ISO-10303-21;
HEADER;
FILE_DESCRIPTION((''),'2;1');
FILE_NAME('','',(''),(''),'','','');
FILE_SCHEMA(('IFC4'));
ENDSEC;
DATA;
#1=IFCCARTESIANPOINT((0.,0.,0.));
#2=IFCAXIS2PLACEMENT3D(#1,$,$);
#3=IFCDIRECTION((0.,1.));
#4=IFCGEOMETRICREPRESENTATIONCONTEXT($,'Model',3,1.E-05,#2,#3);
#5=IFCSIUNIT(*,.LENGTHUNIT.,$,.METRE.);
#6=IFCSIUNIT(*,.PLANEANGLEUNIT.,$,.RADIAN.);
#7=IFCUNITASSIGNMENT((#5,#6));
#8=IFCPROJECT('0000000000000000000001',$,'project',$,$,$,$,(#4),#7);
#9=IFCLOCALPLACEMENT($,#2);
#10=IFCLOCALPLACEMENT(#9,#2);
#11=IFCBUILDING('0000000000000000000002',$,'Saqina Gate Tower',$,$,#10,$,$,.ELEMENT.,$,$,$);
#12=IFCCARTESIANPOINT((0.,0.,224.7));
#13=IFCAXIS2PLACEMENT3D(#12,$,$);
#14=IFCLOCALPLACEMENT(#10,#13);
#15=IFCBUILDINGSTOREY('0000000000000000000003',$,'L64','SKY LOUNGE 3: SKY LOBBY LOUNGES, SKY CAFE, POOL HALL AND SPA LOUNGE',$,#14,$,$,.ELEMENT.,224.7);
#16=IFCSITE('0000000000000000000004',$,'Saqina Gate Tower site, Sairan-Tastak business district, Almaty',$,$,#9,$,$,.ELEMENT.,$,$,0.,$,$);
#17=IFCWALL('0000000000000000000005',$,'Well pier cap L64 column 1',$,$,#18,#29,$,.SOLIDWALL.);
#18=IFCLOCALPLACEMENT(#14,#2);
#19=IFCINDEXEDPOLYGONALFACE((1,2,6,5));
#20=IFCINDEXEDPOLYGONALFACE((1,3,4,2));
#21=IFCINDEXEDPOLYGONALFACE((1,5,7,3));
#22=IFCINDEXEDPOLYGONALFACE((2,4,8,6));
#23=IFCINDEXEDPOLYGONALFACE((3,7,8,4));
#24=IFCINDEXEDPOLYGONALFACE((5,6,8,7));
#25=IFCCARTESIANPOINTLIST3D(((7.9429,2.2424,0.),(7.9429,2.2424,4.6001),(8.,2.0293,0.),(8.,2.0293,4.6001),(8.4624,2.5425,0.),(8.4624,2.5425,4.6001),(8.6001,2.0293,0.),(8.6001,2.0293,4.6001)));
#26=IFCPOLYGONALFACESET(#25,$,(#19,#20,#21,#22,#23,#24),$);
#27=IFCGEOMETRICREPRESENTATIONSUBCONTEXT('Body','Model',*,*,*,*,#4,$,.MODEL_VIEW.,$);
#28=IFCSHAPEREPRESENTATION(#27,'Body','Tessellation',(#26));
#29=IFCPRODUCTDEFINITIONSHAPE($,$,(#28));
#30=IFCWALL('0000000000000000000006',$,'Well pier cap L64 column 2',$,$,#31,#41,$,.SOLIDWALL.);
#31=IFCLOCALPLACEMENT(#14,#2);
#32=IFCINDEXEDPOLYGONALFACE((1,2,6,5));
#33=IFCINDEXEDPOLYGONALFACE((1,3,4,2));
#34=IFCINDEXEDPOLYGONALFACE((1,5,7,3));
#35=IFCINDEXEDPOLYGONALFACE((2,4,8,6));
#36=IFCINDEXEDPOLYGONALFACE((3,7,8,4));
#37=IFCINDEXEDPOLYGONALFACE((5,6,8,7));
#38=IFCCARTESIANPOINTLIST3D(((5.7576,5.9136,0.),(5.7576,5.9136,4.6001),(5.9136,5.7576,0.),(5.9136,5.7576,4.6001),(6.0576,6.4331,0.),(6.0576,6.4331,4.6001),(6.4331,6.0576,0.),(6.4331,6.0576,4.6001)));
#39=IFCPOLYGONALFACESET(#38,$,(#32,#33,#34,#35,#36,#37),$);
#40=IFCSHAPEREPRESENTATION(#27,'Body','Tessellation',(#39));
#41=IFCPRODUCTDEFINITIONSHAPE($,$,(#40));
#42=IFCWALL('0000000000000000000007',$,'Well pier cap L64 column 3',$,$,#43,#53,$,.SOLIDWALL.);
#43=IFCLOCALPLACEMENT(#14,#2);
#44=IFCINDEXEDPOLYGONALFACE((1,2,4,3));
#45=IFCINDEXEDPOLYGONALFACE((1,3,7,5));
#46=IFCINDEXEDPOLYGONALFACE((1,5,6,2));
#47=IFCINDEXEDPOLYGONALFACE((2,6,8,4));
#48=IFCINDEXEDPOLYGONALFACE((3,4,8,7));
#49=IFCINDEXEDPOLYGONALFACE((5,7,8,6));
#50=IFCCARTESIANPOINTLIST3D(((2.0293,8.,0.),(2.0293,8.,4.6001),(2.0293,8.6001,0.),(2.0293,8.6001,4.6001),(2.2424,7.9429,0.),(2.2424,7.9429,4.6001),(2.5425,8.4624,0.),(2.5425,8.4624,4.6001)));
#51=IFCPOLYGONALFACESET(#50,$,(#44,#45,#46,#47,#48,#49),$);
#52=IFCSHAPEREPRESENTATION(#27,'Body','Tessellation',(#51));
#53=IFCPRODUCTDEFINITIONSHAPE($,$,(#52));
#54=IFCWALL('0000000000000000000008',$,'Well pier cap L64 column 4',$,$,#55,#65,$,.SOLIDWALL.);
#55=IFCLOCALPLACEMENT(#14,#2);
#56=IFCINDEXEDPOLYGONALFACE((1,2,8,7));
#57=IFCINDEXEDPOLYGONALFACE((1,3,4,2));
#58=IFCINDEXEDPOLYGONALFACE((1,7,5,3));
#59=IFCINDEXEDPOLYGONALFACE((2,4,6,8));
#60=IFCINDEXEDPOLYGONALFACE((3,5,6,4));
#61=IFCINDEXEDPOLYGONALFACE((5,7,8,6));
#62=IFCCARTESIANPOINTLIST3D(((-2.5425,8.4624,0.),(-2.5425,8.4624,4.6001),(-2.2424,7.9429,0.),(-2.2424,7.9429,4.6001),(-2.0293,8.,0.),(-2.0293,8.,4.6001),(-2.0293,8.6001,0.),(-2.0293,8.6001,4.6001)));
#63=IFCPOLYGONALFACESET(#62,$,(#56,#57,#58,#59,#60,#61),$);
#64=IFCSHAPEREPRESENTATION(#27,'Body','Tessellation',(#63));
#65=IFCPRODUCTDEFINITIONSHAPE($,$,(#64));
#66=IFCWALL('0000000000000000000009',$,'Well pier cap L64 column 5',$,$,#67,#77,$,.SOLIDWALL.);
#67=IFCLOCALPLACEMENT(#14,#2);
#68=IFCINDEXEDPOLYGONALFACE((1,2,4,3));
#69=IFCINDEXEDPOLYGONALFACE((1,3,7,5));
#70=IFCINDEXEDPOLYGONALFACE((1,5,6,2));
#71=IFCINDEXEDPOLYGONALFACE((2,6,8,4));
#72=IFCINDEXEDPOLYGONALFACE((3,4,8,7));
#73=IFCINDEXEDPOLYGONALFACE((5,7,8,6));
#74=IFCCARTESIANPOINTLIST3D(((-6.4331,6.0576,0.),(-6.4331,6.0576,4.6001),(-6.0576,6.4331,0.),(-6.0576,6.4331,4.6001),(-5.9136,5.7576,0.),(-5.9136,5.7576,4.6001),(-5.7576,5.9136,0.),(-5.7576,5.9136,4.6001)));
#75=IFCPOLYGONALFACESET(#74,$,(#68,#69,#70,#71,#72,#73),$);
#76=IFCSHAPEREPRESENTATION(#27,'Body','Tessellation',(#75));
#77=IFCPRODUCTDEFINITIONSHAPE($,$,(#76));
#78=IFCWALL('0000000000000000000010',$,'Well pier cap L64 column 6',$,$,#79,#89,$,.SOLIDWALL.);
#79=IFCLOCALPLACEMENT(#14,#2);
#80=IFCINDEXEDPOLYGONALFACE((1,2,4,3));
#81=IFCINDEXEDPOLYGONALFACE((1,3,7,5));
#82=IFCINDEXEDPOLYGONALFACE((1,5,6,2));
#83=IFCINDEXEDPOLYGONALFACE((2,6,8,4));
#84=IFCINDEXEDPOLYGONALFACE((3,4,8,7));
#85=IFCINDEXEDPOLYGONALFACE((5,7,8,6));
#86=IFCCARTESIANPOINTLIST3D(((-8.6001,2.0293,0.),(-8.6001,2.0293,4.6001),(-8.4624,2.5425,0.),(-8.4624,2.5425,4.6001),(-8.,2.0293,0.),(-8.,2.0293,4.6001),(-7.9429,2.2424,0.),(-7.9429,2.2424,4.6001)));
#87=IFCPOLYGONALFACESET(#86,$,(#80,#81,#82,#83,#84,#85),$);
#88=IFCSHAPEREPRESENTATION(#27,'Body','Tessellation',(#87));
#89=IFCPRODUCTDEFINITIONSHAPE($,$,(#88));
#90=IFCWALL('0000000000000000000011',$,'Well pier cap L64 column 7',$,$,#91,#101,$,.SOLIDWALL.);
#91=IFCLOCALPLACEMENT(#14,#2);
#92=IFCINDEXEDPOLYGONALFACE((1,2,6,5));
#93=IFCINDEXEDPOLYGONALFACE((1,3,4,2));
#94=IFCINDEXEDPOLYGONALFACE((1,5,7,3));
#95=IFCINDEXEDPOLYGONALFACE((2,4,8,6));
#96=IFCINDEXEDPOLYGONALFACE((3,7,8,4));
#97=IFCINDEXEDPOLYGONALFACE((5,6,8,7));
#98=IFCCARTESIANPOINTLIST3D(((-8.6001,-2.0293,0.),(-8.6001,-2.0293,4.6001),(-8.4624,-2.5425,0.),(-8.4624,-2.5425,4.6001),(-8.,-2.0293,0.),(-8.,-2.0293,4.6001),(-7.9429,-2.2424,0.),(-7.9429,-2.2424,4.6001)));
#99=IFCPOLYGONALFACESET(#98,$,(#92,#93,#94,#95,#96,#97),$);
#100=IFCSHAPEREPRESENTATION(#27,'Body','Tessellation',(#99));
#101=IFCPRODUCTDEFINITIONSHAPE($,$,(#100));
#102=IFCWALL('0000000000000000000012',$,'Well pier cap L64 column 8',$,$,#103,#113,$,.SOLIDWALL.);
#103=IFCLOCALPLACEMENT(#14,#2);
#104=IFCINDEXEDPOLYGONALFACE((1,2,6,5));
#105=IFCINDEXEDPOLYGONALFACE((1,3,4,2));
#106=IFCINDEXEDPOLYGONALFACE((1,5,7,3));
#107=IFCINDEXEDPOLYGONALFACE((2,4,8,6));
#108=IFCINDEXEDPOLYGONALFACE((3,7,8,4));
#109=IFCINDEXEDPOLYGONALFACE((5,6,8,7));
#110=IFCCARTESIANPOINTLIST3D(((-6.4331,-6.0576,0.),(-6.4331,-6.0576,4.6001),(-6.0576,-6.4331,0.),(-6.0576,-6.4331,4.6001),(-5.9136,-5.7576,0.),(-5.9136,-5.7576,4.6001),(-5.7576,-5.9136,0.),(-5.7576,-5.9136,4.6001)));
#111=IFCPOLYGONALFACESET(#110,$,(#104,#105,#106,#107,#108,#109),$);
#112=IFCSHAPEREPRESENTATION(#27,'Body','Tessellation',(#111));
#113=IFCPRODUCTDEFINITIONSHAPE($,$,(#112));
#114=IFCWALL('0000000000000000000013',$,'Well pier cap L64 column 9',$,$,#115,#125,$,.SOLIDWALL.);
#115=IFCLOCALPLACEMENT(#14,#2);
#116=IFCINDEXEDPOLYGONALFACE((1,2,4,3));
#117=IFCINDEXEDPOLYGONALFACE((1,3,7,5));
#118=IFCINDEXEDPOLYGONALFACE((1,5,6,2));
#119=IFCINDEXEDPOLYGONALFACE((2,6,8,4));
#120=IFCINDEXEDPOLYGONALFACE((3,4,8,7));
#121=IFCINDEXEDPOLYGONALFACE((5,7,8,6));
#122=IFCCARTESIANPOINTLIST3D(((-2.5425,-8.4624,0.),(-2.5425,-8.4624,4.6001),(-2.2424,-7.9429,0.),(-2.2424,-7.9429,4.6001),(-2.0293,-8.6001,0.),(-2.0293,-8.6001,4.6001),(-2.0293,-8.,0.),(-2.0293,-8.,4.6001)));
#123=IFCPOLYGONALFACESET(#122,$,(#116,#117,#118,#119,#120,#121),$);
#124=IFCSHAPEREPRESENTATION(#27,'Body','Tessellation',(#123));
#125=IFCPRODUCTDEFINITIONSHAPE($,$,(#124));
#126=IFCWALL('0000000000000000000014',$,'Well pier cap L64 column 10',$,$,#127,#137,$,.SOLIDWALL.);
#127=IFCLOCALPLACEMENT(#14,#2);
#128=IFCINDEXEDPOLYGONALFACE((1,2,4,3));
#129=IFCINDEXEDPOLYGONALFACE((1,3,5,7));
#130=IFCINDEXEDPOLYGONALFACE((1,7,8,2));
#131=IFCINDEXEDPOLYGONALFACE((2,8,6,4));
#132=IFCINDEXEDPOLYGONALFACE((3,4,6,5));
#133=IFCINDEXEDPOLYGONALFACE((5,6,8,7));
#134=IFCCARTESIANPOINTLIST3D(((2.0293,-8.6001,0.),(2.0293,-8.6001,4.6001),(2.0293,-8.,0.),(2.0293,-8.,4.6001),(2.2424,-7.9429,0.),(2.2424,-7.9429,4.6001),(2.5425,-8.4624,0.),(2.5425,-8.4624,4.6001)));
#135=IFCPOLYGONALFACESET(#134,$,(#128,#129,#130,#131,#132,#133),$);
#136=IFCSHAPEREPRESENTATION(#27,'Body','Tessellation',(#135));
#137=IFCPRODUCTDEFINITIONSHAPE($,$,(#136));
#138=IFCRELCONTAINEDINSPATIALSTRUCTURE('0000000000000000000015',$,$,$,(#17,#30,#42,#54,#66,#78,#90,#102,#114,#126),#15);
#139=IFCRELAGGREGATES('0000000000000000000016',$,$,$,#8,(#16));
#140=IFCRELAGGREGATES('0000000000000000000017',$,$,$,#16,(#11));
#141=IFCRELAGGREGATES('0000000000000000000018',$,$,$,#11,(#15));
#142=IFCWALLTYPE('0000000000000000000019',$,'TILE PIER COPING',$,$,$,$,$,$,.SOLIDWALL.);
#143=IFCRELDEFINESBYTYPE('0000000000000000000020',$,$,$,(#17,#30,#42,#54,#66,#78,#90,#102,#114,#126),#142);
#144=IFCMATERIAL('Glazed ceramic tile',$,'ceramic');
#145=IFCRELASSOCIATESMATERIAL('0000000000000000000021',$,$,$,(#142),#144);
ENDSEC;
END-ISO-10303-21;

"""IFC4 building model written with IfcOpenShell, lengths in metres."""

from ifc_helpers import new_model, si_unit, direction, frame, origin, place, context, subcontext, project, spatial, polyline, outline, extrude, material, type_object, element, save


model = new_model("IFC4")

# Units and contexts
model_context = context("Model", 3, precision=1e-05, world=origin(), true_north=direction((0.0, 1.0)))
body_context = subcontext(model_context, "Body", "Model", "MODEL_VIEW")
ifc_project = project(units=[si_unit("LENGTHUNIT", "METRE"), si_unit("PLANEANGLEUNIT", "RADIAN")], contexts=[model_context])

# Site, building, storey
site_placement = place(None, origin())
site = spatial("IfcSite", under=ifc_project, at=site_placement, Name="Saqina Gate Tower site, Sairan-Tastak business district, Almaty", CompositionType="ELEMENT", RefElevation=0.0)
building_placement = place(site_placement, origin())
building = spatial("IfcBuilding", under=site, at=building_placement, Name="Saqina Gate Tower", CompositionType="ELEMENT")
storey_placement = place(building_placement, frame((0.0, 0.0, 224.7)))
storey = spatial("IfcBuildingStorey", under=building, at=storey_placement, Name="L64", Description="SKY LOUNGE 3: SKY LOBBY LOUNGES, SKY CAFE, POOL HALL AND SPA LOUNGE", CompositionType="ELEMENT", Elevation=224.7)

# Walls
ifc_material_1 = material(Name="Glazed ceramic tile", Category="ceramic")
wall_type_1 = type_object("IfcWallType", Name="TILE PIER COPING", PredefinedType="SOLIDWALL", material=ifc_material_1)
wall_1_placement = place(storey_placement, origin())
element("IfcWall", 1, at=wall_1_placement, inside=storey, type_object=wall_type_1, Name="Well pier cap L64 column 1", PredefinedType="SOLIDWALL", context=body_context, shape_type="SweptSolid", body=[
    extrude(outline(polyline([(8.4624, 2.5425), (7.9429, 2.2424), (8.0, 2.0293), (8.6001, 2.0293), (8.4624, 2.5425)])), origin(), (0.0, 0.0, 1.0), 4.6001),
])
wall_2_placement = place(storey_placement, origin())
element("IfcWall", 2, at=wall_2_placement, inside=storey, type_object=wall_type_1, Name="Well pier cap L64 column 2", PredefinedType="SOLIDWALL", context=body_context, shape_type="SweptSolid", body=[
    extrude(outline(polyline([(6.0576, 6.4331), (5.7576, 5.9136), (5.9136, 5.7576), (6.4331, 6.0576), (6.0576, 6.4331)])), origin(), (0.0, 0.0, 1.0), 4.6001),
])
wall_3_placement = place(storey_placement, origin())
element("IfcWall", 3, at=wall_3_placement, inside=storey, type_object=wall_type_1, Name="Well pier cap L64 column 3", PredefinedType="SOLIDWALL", context=body_context, shape_type="SweptSolid", body=[
    extrude(outline(polyline([(2.0293, 8.6001), (2.0293, 8.0), (2.2424, 7.9429), (2.5425, 8.4624), (2.0293, 8.6001)])), origin(), (0.0, 0.0, 1.0), 4.6001),
])
wall_4_placement = place(storey_placement, origin())
element("IfcWall", 4, at=wall_4_placement, inside=storey, type_object=wall_type_1, Name="Well pier cap L64 column 4", PredefinedType="SOLIDWALL", context=body_context, shape_type="SweptSolid", body=[
    extrude(outline(polyline([(-2.5425, 8.4624), (-2.2424, 7.9429), (-2.0293, 8.0), (-2.0293, 8.6001), (-2.5425, 8.4624)])), origin(), (0.0, 0.0, 1.0), 4.6001),
])
wall_5_placement = place(storey_placement, origin())
element("IfcWall", 5, at=wall_5_placement, inside=storey, type_object=wall_type_1, Name="Well pier cap L64 column 5", PredefinedType="SOLIDWALL", context=body_context, shape_type="SweptSolid", body=[
    extrude(outline(polyline([(-6.4331, 6.0576), (-5.9136, 5.7576), (-5.7576, 5.9136), (-6.0576, 6.4331), (-6.4331, 6.0576)])), origin(), (0.0, 0.0, 1.0), 4.6001),
])
wall_6_placement = place(storey_placement, origin())
element("IfcWall", 6, at=wall_6_placement, inside=storey, type_object=wall_type_1, Name="Well pier cap L64 column 6", PredefinedType="SOLIDWALL", context=body_context, shape_type="SweptSolid", body=[
    extrude(outline(polyline([(-8.6001, 2.0293), (-8.0, 2.0293), (-7.9429, 2.2424), (-8.4624, 2.5425), (-8.6001, 2.0293)])), origin(), (0.0, 0.0, 1.0), 4.6001),
])
wall_7_placement = place(storey_placement, origin())
element("IfcWall", 7, at=wall_7_placement, inside=storey, type_object=wall_type_1, Name="Well pier cap L64 column 7", PredefinedType="SOLIDWALL", context=body_context, shape_type="SweptSolid", body=[
    extrude(outline(polyline([(-8.4624, -2.5425), (-7.9429, -2.2424), (-8.0, -2.0293), (-8.6001, -2.0293), (-8.4624, -2.5425)])), origin(), (0.0, 0.0, 1.0), 4.6001),
])
wall_8_placement = place(storey_placement, origin())
element("IfcWall", 8, at=wall_8_placement, inside=storey, type_object=wall_type_1, Name="Well pier cap L64 column 8", PredefinedType="SOLIDWALL", context=body_context, shape_type="SweptSolid", body=[
    extrude(outline(polyline([(-6.0576, -6.4331), (-5.7576, -5.9136), (-5.9136, -5.7576), (-6.4331, -6.0576), (-6.0576, -6.4331)])), origin(), (0.0, 0.0, 1.0), 4.6001),
])
wall_9_placement = place(storey_placement, origin())
element("IfcWall", 9, at=wall_9_placement, inside=storey, type_object=wall_type_1, Name="Well pier cap L64 column 9", PredefinedType="SOLIDWALL", context=body_context, shape_type="SweptSolid", body=[
    extrude(outline(polyline([(-2.0293, -8.6001), (-2.0293, -8.0), (-2.2424, -7.9429), (-2.5425, -8.4624), (-2.0293, -8.6001)])), origin(), (0.0, 0.0, 1.0), 4.6001),
])
wall_10_placement = place(storey_placement, origin())
element("IfcWall", 10, at=wall_10_placement, inside=storey, type_object=wall_type_1, Name="Well pier cap L64 column 10", PredefinedType="SOLIDWALL", context=body_context, shape_type="SweptSolid", body=[
    extrude(outline(polyline([(2.5425, -8.4624), (2.2424, -7.9429), (2.0293, -8.0), (2.0293, -8.6001), (2.5425, -8.4624)])), origin(), (0.0, 0.0, 1.0), 4.6001),
])

save(model, "model.ifc")
